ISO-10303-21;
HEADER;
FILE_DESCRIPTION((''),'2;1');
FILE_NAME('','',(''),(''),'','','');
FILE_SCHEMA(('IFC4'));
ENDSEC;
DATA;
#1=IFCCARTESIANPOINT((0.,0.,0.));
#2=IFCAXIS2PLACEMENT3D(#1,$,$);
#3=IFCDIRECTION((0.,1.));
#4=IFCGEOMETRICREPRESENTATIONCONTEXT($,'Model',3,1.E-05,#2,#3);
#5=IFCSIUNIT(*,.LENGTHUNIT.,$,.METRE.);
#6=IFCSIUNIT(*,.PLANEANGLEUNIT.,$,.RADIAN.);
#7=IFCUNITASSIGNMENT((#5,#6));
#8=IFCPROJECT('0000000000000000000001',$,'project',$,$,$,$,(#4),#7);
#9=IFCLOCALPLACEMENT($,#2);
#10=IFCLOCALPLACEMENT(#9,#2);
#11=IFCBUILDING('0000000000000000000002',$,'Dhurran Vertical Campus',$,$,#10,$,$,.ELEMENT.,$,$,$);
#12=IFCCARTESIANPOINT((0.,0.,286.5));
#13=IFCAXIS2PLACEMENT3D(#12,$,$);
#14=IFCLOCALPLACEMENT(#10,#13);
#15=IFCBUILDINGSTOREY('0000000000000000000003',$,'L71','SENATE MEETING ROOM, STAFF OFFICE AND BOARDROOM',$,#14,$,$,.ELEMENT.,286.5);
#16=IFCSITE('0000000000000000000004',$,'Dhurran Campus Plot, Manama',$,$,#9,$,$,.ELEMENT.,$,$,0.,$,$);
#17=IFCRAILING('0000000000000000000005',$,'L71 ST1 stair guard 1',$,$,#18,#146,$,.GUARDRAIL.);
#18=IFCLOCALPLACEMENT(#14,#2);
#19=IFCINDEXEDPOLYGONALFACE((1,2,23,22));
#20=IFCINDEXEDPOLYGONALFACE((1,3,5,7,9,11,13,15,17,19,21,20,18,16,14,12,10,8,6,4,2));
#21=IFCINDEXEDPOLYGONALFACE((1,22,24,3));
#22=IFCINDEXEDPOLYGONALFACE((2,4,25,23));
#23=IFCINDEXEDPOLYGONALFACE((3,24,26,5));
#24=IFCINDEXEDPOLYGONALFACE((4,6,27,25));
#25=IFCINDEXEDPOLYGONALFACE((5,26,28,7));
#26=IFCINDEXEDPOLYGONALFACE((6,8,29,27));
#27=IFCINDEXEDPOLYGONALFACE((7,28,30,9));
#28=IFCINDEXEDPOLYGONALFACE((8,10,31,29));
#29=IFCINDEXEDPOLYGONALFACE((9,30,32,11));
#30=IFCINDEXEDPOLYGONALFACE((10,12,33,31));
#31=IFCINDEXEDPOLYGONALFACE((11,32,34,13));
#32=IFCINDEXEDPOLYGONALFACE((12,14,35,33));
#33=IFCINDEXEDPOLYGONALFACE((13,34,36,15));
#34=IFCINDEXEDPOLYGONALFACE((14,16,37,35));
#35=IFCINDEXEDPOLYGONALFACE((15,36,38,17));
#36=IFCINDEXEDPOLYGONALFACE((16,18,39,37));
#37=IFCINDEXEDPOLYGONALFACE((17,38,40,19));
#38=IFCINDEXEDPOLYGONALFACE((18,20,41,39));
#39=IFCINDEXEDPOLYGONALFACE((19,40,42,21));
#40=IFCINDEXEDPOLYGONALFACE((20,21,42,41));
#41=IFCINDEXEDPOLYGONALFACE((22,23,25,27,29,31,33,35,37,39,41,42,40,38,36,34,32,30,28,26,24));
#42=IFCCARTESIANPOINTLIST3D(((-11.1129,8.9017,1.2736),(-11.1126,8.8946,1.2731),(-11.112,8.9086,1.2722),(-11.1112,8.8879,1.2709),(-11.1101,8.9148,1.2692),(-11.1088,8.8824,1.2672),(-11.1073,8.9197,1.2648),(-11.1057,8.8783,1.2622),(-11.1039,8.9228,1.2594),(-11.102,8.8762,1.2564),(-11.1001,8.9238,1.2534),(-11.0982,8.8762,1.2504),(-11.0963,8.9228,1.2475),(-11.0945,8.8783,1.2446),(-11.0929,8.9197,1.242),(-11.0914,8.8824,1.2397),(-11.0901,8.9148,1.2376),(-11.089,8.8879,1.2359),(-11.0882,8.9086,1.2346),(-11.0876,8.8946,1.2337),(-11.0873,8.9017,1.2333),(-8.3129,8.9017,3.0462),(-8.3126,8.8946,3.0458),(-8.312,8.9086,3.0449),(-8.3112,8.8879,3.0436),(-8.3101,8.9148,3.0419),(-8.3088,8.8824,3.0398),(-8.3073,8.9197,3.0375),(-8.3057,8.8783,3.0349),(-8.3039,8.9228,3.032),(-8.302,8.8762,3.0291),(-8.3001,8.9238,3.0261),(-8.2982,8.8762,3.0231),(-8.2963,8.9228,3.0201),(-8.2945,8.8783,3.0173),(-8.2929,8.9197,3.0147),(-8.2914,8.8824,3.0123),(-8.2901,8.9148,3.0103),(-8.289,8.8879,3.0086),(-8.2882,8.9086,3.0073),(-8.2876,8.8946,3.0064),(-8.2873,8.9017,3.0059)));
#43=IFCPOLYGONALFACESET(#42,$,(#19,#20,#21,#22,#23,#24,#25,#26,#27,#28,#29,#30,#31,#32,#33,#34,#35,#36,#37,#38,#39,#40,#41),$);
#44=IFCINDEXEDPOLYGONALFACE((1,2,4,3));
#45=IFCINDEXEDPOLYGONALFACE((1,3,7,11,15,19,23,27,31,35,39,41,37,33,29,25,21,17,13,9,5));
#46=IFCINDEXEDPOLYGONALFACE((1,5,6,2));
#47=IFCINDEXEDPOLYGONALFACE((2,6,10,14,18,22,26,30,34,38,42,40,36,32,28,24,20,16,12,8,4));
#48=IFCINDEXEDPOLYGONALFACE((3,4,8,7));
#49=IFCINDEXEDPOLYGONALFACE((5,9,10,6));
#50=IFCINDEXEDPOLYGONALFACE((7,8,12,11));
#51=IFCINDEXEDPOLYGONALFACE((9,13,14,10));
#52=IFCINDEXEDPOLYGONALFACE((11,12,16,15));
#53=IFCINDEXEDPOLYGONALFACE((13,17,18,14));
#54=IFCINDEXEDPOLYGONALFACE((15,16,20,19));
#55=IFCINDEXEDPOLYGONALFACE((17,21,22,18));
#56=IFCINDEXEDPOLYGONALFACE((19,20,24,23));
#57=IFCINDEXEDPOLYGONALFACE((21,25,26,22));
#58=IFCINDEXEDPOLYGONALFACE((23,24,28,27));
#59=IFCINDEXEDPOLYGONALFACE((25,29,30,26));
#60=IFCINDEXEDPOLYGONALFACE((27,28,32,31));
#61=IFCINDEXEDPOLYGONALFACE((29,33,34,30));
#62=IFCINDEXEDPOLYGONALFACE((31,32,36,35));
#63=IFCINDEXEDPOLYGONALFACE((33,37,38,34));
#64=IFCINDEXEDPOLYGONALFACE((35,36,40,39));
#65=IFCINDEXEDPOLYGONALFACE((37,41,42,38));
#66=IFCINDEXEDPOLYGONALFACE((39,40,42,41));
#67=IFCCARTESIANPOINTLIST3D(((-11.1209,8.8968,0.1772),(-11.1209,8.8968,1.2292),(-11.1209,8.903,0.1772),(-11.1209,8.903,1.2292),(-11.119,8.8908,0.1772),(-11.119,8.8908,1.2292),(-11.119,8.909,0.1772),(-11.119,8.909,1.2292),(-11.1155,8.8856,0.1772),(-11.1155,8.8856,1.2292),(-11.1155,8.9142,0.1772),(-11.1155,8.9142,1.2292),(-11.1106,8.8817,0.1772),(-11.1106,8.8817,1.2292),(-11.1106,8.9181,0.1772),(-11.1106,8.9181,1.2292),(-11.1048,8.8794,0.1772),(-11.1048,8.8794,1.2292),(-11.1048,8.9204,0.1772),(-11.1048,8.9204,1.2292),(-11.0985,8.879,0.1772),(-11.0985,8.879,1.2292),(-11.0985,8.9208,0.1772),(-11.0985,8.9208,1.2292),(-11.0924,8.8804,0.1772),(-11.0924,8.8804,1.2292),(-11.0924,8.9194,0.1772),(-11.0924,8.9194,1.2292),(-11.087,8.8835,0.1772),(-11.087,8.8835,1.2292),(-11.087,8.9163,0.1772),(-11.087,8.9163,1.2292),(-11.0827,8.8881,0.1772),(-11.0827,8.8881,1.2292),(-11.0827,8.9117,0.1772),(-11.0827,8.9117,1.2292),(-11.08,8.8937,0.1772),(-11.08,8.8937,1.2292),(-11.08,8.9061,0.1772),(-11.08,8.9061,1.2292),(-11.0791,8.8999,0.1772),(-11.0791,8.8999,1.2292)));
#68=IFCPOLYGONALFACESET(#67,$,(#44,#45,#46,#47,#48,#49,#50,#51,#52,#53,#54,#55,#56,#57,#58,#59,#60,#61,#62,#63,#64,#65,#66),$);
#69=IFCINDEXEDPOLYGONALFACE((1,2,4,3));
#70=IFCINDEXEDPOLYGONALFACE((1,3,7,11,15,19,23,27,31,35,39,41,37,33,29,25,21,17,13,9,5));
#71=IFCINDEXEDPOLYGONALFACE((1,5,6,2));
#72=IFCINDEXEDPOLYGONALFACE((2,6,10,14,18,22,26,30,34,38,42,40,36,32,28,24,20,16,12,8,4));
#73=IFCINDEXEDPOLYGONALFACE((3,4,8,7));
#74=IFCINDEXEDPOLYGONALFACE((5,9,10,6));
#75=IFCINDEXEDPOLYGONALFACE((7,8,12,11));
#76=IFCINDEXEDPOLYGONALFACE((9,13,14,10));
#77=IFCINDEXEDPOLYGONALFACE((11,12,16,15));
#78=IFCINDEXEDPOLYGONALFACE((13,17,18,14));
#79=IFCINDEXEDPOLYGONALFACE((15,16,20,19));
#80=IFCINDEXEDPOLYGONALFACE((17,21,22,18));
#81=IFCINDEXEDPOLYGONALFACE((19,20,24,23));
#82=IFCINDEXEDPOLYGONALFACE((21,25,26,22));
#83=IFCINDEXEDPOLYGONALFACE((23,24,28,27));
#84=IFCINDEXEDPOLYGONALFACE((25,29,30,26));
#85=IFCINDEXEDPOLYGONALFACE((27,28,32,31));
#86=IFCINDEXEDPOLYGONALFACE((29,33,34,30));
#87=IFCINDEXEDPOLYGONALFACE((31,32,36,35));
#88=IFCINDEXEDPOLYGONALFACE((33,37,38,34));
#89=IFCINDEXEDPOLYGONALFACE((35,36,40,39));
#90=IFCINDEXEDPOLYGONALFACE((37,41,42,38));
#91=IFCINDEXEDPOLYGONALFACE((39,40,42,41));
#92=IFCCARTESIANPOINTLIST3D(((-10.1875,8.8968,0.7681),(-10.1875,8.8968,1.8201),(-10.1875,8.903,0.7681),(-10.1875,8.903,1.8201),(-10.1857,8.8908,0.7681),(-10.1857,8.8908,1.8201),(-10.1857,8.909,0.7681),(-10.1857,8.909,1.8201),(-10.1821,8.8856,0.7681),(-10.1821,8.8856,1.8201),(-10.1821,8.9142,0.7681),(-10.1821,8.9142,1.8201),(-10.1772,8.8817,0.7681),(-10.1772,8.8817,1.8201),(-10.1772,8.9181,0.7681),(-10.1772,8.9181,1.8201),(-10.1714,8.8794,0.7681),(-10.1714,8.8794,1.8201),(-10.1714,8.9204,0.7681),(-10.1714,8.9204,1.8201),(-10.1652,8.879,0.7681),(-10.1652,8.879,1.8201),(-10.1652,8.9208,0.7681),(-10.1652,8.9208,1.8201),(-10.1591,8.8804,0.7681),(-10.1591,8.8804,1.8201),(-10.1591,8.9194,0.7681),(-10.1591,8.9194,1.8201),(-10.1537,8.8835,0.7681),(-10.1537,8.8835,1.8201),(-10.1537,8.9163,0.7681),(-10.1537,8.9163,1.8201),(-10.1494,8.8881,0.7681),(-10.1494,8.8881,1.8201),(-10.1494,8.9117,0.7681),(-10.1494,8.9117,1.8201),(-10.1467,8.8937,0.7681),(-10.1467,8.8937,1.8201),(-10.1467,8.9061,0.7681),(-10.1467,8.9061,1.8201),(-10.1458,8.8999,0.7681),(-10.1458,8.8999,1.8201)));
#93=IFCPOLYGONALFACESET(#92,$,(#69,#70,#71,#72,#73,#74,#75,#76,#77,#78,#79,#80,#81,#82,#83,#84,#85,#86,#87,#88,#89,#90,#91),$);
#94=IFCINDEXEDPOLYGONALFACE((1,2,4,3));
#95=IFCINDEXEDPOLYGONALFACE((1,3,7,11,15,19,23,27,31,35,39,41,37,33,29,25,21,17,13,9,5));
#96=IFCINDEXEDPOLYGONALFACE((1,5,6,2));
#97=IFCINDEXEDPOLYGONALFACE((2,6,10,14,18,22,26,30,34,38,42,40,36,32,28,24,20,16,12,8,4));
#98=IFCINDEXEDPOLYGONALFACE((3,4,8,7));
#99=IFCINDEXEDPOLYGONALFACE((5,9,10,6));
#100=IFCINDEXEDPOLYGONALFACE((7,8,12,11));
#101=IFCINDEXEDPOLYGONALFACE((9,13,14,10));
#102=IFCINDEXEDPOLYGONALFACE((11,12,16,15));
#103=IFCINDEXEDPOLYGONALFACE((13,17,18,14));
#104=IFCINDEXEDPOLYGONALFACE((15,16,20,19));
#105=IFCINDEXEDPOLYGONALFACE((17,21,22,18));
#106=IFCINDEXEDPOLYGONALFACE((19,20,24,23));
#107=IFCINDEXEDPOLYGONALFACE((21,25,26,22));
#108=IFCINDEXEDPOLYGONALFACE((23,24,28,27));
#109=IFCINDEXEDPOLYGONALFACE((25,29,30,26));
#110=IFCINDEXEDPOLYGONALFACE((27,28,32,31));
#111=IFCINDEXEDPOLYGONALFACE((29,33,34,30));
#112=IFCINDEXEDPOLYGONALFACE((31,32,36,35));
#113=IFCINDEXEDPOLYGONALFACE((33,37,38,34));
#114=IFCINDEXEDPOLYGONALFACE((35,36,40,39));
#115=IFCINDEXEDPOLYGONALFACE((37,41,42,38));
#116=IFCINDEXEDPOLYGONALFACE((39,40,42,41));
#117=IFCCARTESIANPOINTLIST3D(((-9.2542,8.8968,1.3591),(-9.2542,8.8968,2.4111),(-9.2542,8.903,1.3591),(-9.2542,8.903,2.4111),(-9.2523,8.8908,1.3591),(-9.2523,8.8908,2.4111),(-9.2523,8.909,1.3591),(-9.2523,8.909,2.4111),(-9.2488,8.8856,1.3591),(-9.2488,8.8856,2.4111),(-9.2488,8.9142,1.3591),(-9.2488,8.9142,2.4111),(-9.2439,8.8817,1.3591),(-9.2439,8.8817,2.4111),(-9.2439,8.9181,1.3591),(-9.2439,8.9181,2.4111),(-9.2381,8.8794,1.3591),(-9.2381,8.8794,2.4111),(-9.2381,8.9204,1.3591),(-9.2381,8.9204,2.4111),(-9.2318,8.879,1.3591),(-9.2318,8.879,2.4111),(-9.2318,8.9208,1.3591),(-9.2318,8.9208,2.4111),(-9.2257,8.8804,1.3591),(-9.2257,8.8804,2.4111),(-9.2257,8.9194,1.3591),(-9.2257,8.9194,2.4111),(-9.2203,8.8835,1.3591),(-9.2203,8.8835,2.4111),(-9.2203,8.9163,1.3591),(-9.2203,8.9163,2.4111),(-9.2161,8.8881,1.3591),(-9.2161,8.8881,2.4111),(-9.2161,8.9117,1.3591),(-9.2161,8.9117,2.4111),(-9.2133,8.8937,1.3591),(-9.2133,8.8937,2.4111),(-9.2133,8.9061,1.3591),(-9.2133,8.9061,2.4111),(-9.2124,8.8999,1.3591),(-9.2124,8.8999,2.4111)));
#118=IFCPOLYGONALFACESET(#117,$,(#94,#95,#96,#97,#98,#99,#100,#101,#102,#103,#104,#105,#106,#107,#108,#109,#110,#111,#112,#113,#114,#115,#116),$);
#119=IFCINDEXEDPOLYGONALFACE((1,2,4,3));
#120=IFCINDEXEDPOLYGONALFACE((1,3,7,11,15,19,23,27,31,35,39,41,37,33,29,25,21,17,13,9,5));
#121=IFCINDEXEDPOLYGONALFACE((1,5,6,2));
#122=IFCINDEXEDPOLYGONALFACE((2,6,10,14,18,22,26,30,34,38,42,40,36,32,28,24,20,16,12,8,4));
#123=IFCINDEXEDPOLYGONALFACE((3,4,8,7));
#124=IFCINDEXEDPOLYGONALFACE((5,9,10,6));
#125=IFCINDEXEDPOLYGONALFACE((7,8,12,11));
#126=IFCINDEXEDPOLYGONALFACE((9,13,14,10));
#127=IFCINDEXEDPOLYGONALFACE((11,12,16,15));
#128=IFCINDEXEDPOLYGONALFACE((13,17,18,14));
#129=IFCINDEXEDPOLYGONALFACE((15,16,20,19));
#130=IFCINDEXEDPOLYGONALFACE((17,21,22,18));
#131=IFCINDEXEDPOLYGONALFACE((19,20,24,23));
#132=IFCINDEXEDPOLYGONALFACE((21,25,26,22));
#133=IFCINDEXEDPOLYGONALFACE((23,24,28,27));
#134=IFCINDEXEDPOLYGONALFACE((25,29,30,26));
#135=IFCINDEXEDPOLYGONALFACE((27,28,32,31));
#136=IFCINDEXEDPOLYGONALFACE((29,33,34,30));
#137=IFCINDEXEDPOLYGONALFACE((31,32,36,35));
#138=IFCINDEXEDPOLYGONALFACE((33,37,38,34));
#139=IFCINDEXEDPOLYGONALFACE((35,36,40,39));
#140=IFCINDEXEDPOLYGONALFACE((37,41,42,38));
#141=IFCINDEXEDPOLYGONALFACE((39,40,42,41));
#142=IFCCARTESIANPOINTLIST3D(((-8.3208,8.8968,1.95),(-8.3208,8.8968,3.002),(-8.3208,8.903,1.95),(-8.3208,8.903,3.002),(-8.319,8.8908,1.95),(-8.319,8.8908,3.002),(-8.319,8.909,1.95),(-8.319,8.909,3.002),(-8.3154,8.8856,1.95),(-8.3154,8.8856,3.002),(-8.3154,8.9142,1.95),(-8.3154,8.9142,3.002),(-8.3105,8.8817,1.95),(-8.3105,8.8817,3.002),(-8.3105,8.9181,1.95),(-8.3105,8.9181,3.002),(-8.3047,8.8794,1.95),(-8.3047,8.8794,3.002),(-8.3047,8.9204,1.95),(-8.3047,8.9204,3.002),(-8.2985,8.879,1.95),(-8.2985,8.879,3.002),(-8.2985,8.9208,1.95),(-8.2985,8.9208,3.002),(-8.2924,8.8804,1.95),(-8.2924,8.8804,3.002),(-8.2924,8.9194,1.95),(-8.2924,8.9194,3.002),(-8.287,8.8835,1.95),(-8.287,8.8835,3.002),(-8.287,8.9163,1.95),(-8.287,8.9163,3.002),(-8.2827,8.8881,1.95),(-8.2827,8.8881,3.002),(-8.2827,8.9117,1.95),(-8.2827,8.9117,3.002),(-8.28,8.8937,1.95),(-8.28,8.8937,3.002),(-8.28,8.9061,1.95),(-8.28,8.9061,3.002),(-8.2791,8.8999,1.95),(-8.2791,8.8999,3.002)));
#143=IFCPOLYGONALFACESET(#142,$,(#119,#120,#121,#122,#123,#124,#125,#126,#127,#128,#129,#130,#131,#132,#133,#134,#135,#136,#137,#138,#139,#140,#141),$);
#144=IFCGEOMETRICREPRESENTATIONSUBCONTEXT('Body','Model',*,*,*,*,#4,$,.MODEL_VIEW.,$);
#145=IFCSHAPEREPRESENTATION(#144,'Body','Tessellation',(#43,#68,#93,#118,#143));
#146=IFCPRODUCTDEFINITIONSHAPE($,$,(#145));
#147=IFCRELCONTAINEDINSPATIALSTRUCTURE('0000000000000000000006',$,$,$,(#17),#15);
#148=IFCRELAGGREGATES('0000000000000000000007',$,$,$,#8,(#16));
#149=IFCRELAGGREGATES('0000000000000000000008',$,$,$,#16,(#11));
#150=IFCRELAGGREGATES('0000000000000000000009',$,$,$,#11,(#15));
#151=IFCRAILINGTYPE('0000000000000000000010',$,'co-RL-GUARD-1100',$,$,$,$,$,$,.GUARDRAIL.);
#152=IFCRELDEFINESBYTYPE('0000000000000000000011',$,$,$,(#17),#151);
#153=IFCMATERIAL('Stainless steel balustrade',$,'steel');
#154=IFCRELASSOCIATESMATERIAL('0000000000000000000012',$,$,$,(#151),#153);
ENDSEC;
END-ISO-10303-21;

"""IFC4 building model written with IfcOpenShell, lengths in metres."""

from ifc_helpers import new_model, si_unit, direction, frame, origin, origin_2d, place, context, subcontext, project, spatial, circle, extrude, material, type_object, element, save


model = new_model("IFC4")

# Units and contexts
model_context = context("Model", 3, precision=1e-05, world=origin(), true_north=direction((0.0, 1.0)))
body_context = subcontext(model_context, "Body", "Model", "MODEL_VIEW")
ifc_project = project(units=[si_unit("LENGTHUNIT", "METRE"), si_unit("PLANEANGLEUNIT", "RADIAN")], contexts=[model_context])

# Site, building, storey
site_placement = place(None, origin())
site = spatial("IfcSite", under=ifc_project, at=site_placement, Name="Dhurran Campus Plot, Manama", CompositionType="ELEMENT", RefElevation=0.0)
building_placement = place(site_placement, origin())
building = spatial("IfcBuilding", under=site, at=building_placement, Name="Dhurran Vertical Campus", CompositionType="ELEMENT")
storey_placement = place(building_placement, frame((0.0, 0.0, 286.5)))
storey = spatial("IfcBuildingStorey", under=building, at=storey_placement, Name="L71", Description="SENATE MEETING ROOM, STAFF OFFICE AND BOARDROOM", CompositionType="ELEMENT", Elevation=286.5)

# Railing
ifc_material_1 = material(Name="Stainless steel balustrade", Category="steel")
railing_type_1 = type_object("IfcRailingType", Name="co-RL-GUARD-1100", PredefinedType="GUARDRAIL", material=ifc_material_1)
railing_1_placement = place(storey_placement, frame((-11.1001, 8.8999, 0.1772)))
element("IfcRailing", 1, at=railing_1_placement, inside=storey, type_object=railing_type_1, Name="L71 ST1 stair guard 1", PredefinedType="GUARDRAIL", context=body_context, shape_type="SweptSolid", body=[
    extrude(circle(Radius=0.0239, at=origin_2d()), frame((0.0, 0.0, 1.0762), z_axis=(0.844909, 0.0, 0.53491), x_axis=(0.0, 1.0, 0.0)), (0.0, 0.0, 1.0), 3.314),
    extrude(circle(Radius=0.021, at=origin_2d()), origin(), (0.0, 0.0, 1.0), 1.052),
    extrude(circle(Radius=0.021, at=origin_2d()), frame((0.9333, 0.0, 0.5908)), (0.0, 0.0, 1.0), 1.052),
    extrude(circle(Radius=0.021, at=origin_2d()), frame((1.8667, 0.0, 1.1819)), (0.0, 0.0, 1.0), 1.052),
    extrude(circle(Radius=0.021, at=origin_2d()), frame((2.8, 0.0, 1.7727)), (0.0, 0.0, 1.0), 1.052),
])

save(model, "model.ifc")
